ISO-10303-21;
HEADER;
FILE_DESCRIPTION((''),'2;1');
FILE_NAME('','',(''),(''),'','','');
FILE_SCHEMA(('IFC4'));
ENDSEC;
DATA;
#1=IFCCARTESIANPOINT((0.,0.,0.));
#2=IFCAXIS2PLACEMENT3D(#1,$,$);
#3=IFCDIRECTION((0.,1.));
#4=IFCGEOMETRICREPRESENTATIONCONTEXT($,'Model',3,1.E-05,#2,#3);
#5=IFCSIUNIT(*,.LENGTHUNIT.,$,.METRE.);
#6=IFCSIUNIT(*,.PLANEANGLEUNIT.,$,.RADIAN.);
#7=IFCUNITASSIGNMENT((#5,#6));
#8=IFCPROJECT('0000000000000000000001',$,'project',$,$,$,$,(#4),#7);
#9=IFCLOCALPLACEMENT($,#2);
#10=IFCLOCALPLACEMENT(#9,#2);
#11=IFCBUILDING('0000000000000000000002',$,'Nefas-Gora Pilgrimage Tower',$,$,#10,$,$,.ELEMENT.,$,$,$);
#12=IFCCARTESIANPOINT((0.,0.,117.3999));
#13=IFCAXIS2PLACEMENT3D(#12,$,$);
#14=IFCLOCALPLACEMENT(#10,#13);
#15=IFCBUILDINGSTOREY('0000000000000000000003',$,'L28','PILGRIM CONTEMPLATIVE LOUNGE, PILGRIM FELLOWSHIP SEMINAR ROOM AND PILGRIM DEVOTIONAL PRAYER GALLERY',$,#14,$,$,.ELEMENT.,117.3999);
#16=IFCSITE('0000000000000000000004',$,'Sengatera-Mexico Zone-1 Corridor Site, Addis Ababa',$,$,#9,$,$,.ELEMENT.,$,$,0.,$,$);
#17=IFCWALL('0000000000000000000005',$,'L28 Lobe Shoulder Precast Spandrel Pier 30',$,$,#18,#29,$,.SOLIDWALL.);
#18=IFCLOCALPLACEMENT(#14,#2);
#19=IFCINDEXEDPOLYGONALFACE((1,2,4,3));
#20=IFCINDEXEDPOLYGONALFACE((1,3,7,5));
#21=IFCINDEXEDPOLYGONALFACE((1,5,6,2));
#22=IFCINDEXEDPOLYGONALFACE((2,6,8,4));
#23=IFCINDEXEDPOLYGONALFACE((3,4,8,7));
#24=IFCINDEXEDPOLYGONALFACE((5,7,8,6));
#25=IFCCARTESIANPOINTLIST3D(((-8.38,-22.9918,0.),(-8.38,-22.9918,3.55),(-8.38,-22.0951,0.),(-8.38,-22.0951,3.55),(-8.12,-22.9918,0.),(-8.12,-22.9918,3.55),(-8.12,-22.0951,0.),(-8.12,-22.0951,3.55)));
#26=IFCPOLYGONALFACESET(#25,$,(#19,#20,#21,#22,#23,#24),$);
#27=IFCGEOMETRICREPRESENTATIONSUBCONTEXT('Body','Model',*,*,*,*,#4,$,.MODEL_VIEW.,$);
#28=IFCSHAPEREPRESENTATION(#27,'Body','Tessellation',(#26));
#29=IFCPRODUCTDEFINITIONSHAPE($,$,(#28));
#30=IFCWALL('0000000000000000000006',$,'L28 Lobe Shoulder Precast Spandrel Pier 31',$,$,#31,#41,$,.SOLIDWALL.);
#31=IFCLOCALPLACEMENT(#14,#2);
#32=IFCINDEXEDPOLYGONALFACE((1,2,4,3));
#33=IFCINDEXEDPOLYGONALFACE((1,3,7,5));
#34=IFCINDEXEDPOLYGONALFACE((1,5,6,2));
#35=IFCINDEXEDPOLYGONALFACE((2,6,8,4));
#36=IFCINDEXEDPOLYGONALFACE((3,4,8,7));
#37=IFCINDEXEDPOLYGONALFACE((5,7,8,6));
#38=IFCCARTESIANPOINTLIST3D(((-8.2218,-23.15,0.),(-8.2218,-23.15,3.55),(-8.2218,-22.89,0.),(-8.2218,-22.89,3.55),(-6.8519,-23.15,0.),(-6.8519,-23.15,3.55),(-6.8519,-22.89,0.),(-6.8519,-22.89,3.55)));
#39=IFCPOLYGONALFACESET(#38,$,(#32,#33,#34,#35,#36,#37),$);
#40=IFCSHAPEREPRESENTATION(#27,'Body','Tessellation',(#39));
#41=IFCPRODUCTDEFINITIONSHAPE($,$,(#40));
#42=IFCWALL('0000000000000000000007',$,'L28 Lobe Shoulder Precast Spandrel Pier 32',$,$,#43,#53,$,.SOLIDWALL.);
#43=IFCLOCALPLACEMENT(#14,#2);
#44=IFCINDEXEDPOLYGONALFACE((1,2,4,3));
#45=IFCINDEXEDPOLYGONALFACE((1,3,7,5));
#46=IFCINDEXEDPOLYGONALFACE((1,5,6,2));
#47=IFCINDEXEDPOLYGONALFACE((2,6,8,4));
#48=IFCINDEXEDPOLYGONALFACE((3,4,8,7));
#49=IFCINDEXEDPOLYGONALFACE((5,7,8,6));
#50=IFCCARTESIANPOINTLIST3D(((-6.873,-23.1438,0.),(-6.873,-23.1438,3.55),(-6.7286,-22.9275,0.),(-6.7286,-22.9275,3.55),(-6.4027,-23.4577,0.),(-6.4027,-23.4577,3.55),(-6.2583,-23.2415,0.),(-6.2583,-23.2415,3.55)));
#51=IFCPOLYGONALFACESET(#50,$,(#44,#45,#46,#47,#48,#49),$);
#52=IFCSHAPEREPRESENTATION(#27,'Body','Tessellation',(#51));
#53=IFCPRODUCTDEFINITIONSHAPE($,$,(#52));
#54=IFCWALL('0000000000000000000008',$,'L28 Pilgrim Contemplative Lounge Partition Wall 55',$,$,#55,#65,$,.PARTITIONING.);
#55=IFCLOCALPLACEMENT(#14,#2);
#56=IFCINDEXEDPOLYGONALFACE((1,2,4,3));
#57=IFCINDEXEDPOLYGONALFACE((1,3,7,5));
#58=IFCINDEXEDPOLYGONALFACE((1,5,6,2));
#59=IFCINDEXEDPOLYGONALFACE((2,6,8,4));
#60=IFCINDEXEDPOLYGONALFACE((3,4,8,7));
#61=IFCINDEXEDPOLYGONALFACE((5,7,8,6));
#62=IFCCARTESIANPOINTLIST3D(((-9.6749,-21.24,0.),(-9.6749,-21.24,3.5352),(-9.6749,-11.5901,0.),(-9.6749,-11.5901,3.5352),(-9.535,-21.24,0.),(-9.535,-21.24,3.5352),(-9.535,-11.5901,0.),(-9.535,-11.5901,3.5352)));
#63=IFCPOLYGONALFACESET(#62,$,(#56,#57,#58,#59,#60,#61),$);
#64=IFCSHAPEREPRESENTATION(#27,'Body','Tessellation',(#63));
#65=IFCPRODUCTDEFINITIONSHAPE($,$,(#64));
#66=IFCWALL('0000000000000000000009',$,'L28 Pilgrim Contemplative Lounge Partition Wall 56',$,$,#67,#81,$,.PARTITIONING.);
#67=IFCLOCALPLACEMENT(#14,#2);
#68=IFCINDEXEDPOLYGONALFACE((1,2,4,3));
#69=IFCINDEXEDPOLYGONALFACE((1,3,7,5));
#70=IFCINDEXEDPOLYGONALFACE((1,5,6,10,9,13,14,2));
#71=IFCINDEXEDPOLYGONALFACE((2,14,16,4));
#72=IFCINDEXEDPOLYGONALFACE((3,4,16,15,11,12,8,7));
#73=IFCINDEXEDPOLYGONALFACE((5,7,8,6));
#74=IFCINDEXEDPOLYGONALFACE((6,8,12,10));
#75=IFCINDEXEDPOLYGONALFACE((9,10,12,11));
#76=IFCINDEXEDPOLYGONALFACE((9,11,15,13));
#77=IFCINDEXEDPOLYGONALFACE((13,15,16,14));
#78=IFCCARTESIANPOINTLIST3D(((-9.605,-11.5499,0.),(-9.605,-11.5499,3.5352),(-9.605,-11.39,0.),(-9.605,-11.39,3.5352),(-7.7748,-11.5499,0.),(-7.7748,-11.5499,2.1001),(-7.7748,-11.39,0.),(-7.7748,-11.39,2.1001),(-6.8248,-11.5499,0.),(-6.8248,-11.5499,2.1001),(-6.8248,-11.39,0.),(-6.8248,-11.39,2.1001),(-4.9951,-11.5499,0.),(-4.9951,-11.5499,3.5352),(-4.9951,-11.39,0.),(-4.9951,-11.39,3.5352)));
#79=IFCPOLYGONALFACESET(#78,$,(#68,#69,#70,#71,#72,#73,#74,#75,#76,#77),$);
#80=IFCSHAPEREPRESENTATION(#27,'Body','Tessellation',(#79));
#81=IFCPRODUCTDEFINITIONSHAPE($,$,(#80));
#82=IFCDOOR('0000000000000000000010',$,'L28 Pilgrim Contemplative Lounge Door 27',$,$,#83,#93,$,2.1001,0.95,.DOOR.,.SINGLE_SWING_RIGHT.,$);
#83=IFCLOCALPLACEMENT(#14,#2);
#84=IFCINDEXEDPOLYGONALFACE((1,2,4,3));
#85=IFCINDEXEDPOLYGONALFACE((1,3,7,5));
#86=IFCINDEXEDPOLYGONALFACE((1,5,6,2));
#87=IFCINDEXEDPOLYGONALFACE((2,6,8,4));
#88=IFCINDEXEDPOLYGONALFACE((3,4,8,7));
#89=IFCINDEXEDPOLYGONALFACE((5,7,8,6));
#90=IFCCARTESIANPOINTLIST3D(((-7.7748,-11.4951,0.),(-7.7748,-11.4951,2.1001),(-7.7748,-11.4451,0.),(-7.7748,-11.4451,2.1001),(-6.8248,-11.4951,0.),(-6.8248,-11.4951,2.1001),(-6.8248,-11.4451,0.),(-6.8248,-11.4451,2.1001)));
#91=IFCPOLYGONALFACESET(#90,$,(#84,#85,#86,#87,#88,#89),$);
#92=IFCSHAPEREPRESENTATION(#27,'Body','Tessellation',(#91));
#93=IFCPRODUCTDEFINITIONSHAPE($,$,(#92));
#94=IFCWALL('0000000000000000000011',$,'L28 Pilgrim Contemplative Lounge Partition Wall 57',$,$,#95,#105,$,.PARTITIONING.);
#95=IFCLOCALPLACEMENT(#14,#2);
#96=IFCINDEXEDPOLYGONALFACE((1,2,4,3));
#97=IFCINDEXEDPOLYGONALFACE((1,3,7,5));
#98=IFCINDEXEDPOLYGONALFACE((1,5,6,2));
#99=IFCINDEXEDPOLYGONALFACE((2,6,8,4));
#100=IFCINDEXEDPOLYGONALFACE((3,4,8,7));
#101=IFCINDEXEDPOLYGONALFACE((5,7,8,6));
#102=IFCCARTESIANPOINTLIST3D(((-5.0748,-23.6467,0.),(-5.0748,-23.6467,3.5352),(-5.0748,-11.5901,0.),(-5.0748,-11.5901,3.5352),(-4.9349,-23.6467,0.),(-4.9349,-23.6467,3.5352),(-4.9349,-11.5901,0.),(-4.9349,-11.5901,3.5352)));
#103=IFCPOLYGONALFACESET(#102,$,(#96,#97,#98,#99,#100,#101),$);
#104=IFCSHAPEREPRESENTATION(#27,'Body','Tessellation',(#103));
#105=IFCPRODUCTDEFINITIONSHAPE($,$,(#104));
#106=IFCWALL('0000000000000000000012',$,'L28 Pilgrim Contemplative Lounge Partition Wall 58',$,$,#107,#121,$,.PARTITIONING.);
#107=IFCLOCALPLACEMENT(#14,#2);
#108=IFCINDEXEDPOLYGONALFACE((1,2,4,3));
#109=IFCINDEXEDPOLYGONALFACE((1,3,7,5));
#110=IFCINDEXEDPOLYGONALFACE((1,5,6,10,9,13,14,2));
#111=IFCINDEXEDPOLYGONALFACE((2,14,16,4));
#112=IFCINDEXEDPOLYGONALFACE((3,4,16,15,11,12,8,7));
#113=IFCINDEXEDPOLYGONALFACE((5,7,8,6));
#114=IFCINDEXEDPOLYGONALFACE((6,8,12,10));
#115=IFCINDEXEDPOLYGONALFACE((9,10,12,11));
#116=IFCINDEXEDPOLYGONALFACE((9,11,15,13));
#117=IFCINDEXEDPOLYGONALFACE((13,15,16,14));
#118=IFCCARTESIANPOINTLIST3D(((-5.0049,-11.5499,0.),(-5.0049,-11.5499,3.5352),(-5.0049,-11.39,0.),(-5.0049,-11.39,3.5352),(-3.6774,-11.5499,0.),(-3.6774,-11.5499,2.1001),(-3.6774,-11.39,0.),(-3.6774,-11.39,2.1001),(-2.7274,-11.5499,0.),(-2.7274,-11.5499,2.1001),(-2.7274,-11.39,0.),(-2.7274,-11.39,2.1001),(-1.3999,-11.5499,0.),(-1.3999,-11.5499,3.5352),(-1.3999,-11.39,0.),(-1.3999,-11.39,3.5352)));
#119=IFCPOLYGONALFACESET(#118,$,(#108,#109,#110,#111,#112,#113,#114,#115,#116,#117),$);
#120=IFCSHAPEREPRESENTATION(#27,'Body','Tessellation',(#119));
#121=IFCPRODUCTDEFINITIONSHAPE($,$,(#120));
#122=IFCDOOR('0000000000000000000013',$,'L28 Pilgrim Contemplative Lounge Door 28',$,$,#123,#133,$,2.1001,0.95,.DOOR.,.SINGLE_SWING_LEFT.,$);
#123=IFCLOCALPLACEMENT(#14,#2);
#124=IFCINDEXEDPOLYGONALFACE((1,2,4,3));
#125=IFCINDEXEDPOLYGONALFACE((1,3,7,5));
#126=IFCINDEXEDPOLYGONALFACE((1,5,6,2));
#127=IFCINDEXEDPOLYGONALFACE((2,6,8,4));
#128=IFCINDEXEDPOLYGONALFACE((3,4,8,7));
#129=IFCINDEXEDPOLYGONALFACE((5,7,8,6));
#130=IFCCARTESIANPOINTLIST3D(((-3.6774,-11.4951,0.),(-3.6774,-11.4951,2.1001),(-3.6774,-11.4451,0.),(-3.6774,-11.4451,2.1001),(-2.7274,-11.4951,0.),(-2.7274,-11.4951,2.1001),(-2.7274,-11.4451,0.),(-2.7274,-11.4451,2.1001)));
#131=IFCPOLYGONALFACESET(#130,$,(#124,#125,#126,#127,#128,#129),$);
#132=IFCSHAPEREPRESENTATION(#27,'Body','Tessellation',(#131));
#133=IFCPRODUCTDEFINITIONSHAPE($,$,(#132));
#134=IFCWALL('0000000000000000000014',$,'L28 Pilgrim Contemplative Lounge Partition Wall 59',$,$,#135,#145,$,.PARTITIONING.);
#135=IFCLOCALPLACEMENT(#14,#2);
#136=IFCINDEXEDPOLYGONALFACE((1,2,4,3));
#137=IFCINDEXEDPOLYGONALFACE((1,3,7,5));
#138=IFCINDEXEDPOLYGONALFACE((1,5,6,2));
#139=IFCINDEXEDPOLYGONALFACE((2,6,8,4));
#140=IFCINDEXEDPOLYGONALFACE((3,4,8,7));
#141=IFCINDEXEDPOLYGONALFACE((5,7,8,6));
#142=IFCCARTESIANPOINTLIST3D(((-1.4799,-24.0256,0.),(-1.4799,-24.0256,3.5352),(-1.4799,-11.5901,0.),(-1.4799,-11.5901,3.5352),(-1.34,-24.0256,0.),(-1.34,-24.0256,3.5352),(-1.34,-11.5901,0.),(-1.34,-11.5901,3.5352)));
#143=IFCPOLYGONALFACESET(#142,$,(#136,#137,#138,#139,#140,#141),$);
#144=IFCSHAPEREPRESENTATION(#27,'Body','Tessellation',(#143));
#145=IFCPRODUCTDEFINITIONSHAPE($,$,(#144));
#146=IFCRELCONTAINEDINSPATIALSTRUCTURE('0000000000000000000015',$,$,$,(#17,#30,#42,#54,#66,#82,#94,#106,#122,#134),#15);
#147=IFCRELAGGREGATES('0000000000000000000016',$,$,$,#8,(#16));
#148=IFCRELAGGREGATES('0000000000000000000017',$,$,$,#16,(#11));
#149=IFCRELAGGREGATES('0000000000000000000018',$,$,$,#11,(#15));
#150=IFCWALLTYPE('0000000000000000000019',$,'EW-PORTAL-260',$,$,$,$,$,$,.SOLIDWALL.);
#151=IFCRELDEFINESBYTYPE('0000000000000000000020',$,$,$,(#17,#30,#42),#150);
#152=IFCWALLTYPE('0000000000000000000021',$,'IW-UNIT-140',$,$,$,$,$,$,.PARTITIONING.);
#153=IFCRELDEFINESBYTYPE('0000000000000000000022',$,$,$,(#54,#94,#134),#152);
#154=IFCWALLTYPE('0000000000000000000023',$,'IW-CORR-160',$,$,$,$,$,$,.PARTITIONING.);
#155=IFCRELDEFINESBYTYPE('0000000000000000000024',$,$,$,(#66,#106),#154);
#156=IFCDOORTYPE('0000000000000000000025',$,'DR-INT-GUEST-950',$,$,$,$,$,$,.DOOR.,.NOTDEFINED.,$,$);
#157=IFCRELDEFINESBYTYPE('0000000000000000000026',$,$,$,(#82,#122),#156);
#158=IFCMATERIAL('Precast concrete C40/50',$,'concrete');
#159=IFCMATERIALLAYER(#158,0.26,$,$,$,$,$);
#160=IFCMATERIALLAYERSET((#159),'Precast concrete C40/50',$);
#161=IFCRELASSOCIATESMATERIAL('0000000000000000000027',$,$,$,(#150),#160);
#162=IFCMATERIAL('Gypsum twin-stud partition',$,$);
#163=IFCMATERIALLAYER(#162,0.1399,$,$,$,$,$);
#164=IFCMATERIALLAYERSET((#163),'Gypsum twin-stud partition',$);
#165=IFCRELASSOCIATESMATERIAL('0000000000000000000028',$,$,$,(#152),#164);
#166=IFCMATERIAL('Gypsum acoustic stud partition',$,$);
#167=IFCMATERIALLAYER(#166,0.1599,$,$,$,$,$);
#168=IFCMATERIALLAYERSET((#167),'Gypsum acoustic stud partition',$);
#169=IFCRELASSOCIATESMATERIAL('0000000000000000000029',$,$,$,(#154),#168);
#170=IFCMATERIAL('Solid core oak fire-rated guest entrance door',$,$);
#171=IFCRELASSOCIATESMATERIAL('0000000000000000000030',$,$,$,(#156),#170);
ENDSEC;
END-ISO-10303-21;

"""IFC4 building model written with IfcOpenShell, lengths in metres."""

from ifc_helpers import new_model, si_unit, direction, frame, frame_2d, origin, place, context, subcontext, project, spatial, rectangle, extrude, source, transform, mapped, material, layer, layer_set, type_object, element, fill, save


model = new_model("IFC4")

# Units and contexts
model_context = context("Model", 3, precision=1e-05, world=origin(), true_north=direction((0.0, 1.0)))
body_context = subcontext(model_context, "Body", "Model", "MODEL_VIEW")
ifc_project = project(units=[si_unit("LENGTHUNIT", "METRE"), si_unit("PLANEANGLEUNIT", "RADIAN")], contexts=[model_context])

# Site, building, storey
site_placement = place(None, origin())
site = spatial("IfcSite", under=ifc_project, at=site_placement, Name="Sengatera-Mexico Zone-1 Corridor Site, Addis Ababa", CompositionType="ELEMENT", RefElevation=0.0)
building_placement = place(site_placement, origin())
building = spatial("IfcBuilding", under=site, at=building_placement, Name="Nefas-Gora Pilgrimage Tower", CompositionType="ELEMENT")
storey_placement = place(building_placement, frame((0.0, 0.0, 117.3999)))
storey = spatial("IfcBuildingStorey", under=building, at=storey_placement, Name="L28", Description="PILGRIM CONTEMPLATIVE LOUNGE, PILGRIM FELLOWSHIP SEMINAR ROOM AND PILGRIM DEVOTIONAL PRAYER GALLERY", CompositionType="ELEMENT", Elevation=117.3999)

# Walls
ifc_material_1 = material(Name="Precast concrete C40/50", Category="concrete")
ifc_layer_1 = layer(ifc_material_1, 0.26)
ifc_layer_set_1 = layer_set([ifc_layer_1], Name="Precast concrete C40/50")
wall_type_1 = type_object("IfcWallType", Name="EW-PORTAL-260", PredefinedType="SOLIDWALL", material=ifc_layer_set_1)
shared_shape_1 = source(origin(), body_context, "Body", "SweptSolid", [
    extrude(rectangle(XDim=0.8967, YDim=0.26, at=frame_2d((0.4482, 0.0))), origin(), (0.0, 0.0, 1.0), 3.55),
])
wall_1_placement = place(storey_placement, frame((-8.25, -22.0952, 0.0), z_axis=(0.0, 0.0, 1.0), x_axis=(0.0, -1.0, 0.0)))
element("IfcWall", 1, at=wall_1_placement, inside=storey, type_object=wall_type_1, Name="L28 Lobe Shoulder Precast Spandrel Pier 30", PredefinedType="SOLIDWALL", context=body_context, shape_type="MappedRepresentation", body=[
    mapped(shared_shape_1, transform((0.0, 0.0, 0.0), x_axis=(1.0, 0.0, 0.0), y_axis=(0.0, 1.0, 0.0), z_axis=(0.0, 0.0, 1.0), scale=1.0)),
])
shared_shape_2 = source(origin(), body_context, "Body", "SweptSolid", [
    extrude(rectangle(XDim=1.3699, YDim=0.26, at=frame_2d((0.6851, 0.0))), origin(), (0.0, 0.0, 1.0), 3.55),
])
wall_2_placement = place(storey_placement, frame((-8.2219, -23.02, 0.0), z_axis=(0.0, 0.0, 1.0), x_axis=(1.0, 0.0, 0.0)))
element("IfcWall", 2, at=wall_2_placement, inside=storey, type_object=wall_type_1, Name="L28 Lobe Shoulder Precast Spandrel Pier 31", PredefinedType="SOLIDWALL", context=body_context, shape_type="MappedRepresentation", body=[
    mapped(shared_shape_2, transform((0.0, 0.0, 0.0), x_axis=(1.0, 0.0, 0.0), y_axis=(0.0, 1.0, 0.0), z_axis=(0.0, 0.0, 1.0), scale=1.0)),
])
shared_shape_3 = source(origin(), body_context, "Body", "SweptSolid", [
    extrude(rectangle(XDim=0.5654, YDim=0.26, at=frame_2d((0.2827, 0.0))), origin(), (0.0, 0.0, 1.0), 3.55),
])
wall_3_placement = place(storey_placement, frame((-6.8008, -23.0356, 0.0), z_axis=(0.0, 0.0, 1.0), x_axis=(0.831651, -0.555298, 0.0)))
element("IfcWall", 3, at=wall_3_placement, inside=storey, type_object=wall_type_1, Name="L28 Lobe Shoulder Precast Spandrel Pier 32", PredefinedType="SOLIDWALL", context=body_context, shape_type="MappedRepresentation", body=[
    mapped(shared_shape_3, transform((0.0, 0.0, 0.0), x_axis=(1.0, 0.0, 0.0), y_axis=(0.0, 1.0, 0.0), z_axis=(0.0, 0.0, 1.0), scale=1.0)),
])
ifc_material_2 = material(Name="Gypsum twin-stud partition")
ifc_layer_2 = layer(ifc_material_2, 0.1399)
ifc_layer_set_2 = layer_set([ifc_layer_2], Name="Gypsum twin-stud partition")
wall_type_2 = type_object("IfcWallType", Name="IW-UNIT-140", PredefinedType="PARTITIONING", material=ifc_layer_set_2)
shared_shape_4 = source(origin(), body_context, "Body", "SweptSolid", [
    extrude(rectangle(XDim=9.6499, YDim=0.1399, at=frame_2d((4.825, 0.0))), origin(), (0.0, 0.0, 1.0), 3.5352),
])
wall_4_placement = place(storey_placement, frame((-9.605, -21.24, 0.0), z_axis=(0.0, 0.0, 1.0), x_axis=(0.0, 1.0, 0.0)))
element("IfcWall", 4, at=wall_4_placement, inside=storey, type_object=wall_type_2, Name="L28 Pilgrim Contemplative Lounge Partition Wall 55", PredefinedType="PARTITIONING", context=body_context, shape_type="MappedRepresentation", body=[
    mapped(shared_shape_4, transform((0.0, 0.0, 0.0), x_axis=(1.0, 0.0, 0.0), y_axis=(0.0, 1.0, 0.0), z_axis=(0.0, 0.0, 1.0), scale=1.0)),
])

# Wall, opening, door
ifc_material_3 = material(Name="Gypsum acoustic stud partition")
ifc_layer_3 = layer(ifc_material_3, 0.1599)
ifc_layer_set_3 = layer_set([ifc_layer_3], Name="Gypsum acoustic stud partition")
wall_type_3 = type_object("IfcWallType", Name="IW-CORR-160", PredefinedType="PARTITIONING", material=ifc_layer_set_3)
shared_shape_5 = source(origin(), body_context, "Body", "SweptSolid", [
    extrude(rectangle(XDim=4.6099, YDim=0.1599, at=frame_2d((2.3049, 0.0))), origin(), (0.0, 0.0, 1.0), 3.5352),
])
wall_5_placement = place(storey_placement, frame((-9.605, -11.47, 0.0), z_axis=(0.0, 0.0, 1.0), x_axis=(1.0, 0.0, 0.0)))
wall_5 = element("IfcWall", 5, at=wall_5_placement, inside=storey, type_object=wall_type_3, Name="L28 Pilgrim Contemplative Lounge Partition Wall 56", PredefinedType="PARTITIONING", context=body_context, shape_type="MappedRepresentation", body=[
    mapped(shared_shape_5, transform((0.0, 0.0, 0.0), x_axis=(1.0, 0.0, 0.0), y_axis=(0.0, 1.0, 0.0), z_axis=(0.0, 0.0, 1.0), scale=1.0)),
])
opening_1_placement = place(wall_5_placement, frame((1.8301, 0.0, 0.0)))
opening_1 = element("IfcOpeningElement", 6, at=opening_1_placement, cuts=wall_5, PredefinedType="OPENING", context=body_context, shape_type="SweptSolid", body=[
    extrude(rectangle(XDim=0.95, YDim=2.1001, at=frame_2d((0.4751, 1.05))), frame((0.0, 0.0898, 0.0), z_axis=(0.0, -1.0, 0.0), x_axis=(1.0, 0.0, 0.0)), (0.0, 0.0, 1.0), 0.1799),
])
ifc_material_4 = material(Name="Solid core oak fire-rated guest entrance door")
door_type = type_object("IfcDoorType", Name="DR-INT-GUEST-950", OperationType="NOTDEFINED", PredefinedType="DOOR", material=ifc_material_4)
shared_shape_6 = source(origin(), body_context, "Body", "SweptSolid", [
    extrude(rectangle(XDim=0.95, YDim=2.1001, at=frame_2d((0.4751, 1.05))), frame((0.0, 0.0249, 0.0), z_axis=(0.0, -1.0, 0.0), x_axis=(1.0, 0.0, 0.0)), (0.0, 0.0, 1.0), 0.05),
])
door_1_placement = place(opening_1_placement, origin())
door_1 = element("IfcDoor", 7, at=door_1_placement, inside=storey, type_object=door_type, Name="L28 Pilgrim Contemplative Lounge Door 27", OperationType="SINGLE_SWING_RIGHT", OverallHeight=2.1001, OverallWidth=0.95, PredefinedType="DOOR", context=body_context, shape_type="MappedRepresentation", body=[
    mapped(shared_shape_6, transform((0.0, 0.0, 0.0), x_axis=(1.0, 0.0, 0.0), y_axis=(0.0, 1.0, 0.0), z_axis=(0.0, 0.0, 1.0), scale=1.0)),
])
fill(opening_1, door_1)

# Wall
shared_shape_7 = source(origin(), body_context, "Body", "SweptSolid", [
    extrude(rectangle(XDim=12.0566, YDim=0.1399, at=frame_2d((6.0283, 0.0))), origin(), (0.0, 0.0, 1.0), 3.5352),
])
wall_6_placement = place(storey_placement, frame((-5.0049, -23.6467, 0.0), z_axis=(0.0, 0.0, 1.0), x_axis=(0.0, 1.0, 0.0)))
element("IfcWall", 8, at=wall_6_placement, inside=storey, type_object=wall_type_2, Name="L28 Pilgrim Contemplative Lounge Partition Wall 57", PredefinedType="PARTITIONING", context=body_context, shape_type="MappedRepresentation", body=[
    mapped(shared_shape_7, transform((0.0, 0.0, 0.0), x_axis=(1.0, 0.0, 0.0), y_axis=(0.0, 1.0, 0.0), z_axis=(0.0, 0.0, 1.0), scale=1.0)),
])

# Wall, opening, door
shared_shape_8 = source(origin(), body_context, "Body", "SweptSolid", [
    extrude(rectangle(XDim=3.605, YDim=0.1599, at=frame_2d((1.8025, 0.0))), origin(), (0.0, 0.0, 1.0), 3.5352),
])
wall_7_placement = place(storey_placement, frame((-5.0049, -11.47, 0.0), z_axis=(0.0, 0.0, 1.0), x_axis=(1.0, 0.0, 0.0)))
wall_7 = element("IfcWall", 9, at=wall_7_placement, inside=storey, type_object=wall_type_3, Name="L28 Pilgrim Contemplative Lounge Partition Wall 58", PredefinedType="PARTITIONING", context=body_context, shape_type="MappedRepresentation", body=[
    mapped(shared_shape_8, transform((0.0, 0.0, 0.0), x_axis=(1.0, 0.0, 0.0), y_axis=(0.0, 1.0, 0.0), z_axis=(0.0, 0.0, 1.0), scale=1.0)),
])
opening_2_placement = place(wall_7_placement, frame((1.3274, 0.0, 0.0)))
opening_2 = element("IfcOpeningElement", 10, at=opening_2_placement, cuts=wall_7, PredefinedType="OPENING", context=body_context, shape_type="SweptSolid", body=[
    extrude(rectangle(XDim=0.95, YDim=2.1001, at=frame_2d((0.4751, 1.05))), frame((0.0, 0.0898, 0.0), z_axis=(0.0, -1.0, 0.0), x_axis=(1.0, 0.0, 0.0)), (0.0, 0.0, 1.0), 0.1799),
])
door_2_placement = place(opening_2_placement, origin())
door_2 = element("IfcDoor", 11, at=door_2_placement, inside=storey, type_object=door_type, Name="L28 Pilgrim Contemplative Lounge Door 28", OperationType="SINGLE_SWING_LEFT", OverallHeight=2.1001, OverallWidth=0.95, PredefinedType="DOOR", context=body_context, shape_type="MappedRepresentation", body=[
    mapped(shared_shape_6, transform((0.0, 0.0, 0.0), x_axis=(1.0, 0.0, 0.0), y_axis=(0.0, 1.0, 0.0), z_axis=(0.0, 0.0, 1.0), scale=1.0)),
])
fill(opening_2, door_2)

# Wall
shared_shape_9 = source(origin(), body_context, "Body", "SweptSolid", [
    extrude(rectangle(XDim=12.4355, YDim=0.1399, at=frame_2d((6.2178, 0.0))), origin(), (0.0, 0.0, 1.0), 3.5352),
])
wall_8_placement = place(storey_placement, frame((-1.4099, -24.0256, 0.0), z_axis=(0.0, 0.0, 1.0), x_axis=(0.0, 1.0, 0.0)))
element("IfcWall", 12, at=wall_8_placement, inside=storey, type_object=wall_type_2, Name="L28 Pilgrim Contemplative Lounge Partition Wall 59", PredefinedType="PARTITIONING", context=body_context, shape_type="MappedRepresentation", body=[
    mapped(shared_shape_9, transform((0.0, 0.0, 0.0), x_axis=(1.0, 0.0, 0.0), y_axis=(0.0, 1.0, 0.0), z_axis=(0.0, 0.0, 1.0), scale=1.0)),
])

save(model, "model.ifc")
